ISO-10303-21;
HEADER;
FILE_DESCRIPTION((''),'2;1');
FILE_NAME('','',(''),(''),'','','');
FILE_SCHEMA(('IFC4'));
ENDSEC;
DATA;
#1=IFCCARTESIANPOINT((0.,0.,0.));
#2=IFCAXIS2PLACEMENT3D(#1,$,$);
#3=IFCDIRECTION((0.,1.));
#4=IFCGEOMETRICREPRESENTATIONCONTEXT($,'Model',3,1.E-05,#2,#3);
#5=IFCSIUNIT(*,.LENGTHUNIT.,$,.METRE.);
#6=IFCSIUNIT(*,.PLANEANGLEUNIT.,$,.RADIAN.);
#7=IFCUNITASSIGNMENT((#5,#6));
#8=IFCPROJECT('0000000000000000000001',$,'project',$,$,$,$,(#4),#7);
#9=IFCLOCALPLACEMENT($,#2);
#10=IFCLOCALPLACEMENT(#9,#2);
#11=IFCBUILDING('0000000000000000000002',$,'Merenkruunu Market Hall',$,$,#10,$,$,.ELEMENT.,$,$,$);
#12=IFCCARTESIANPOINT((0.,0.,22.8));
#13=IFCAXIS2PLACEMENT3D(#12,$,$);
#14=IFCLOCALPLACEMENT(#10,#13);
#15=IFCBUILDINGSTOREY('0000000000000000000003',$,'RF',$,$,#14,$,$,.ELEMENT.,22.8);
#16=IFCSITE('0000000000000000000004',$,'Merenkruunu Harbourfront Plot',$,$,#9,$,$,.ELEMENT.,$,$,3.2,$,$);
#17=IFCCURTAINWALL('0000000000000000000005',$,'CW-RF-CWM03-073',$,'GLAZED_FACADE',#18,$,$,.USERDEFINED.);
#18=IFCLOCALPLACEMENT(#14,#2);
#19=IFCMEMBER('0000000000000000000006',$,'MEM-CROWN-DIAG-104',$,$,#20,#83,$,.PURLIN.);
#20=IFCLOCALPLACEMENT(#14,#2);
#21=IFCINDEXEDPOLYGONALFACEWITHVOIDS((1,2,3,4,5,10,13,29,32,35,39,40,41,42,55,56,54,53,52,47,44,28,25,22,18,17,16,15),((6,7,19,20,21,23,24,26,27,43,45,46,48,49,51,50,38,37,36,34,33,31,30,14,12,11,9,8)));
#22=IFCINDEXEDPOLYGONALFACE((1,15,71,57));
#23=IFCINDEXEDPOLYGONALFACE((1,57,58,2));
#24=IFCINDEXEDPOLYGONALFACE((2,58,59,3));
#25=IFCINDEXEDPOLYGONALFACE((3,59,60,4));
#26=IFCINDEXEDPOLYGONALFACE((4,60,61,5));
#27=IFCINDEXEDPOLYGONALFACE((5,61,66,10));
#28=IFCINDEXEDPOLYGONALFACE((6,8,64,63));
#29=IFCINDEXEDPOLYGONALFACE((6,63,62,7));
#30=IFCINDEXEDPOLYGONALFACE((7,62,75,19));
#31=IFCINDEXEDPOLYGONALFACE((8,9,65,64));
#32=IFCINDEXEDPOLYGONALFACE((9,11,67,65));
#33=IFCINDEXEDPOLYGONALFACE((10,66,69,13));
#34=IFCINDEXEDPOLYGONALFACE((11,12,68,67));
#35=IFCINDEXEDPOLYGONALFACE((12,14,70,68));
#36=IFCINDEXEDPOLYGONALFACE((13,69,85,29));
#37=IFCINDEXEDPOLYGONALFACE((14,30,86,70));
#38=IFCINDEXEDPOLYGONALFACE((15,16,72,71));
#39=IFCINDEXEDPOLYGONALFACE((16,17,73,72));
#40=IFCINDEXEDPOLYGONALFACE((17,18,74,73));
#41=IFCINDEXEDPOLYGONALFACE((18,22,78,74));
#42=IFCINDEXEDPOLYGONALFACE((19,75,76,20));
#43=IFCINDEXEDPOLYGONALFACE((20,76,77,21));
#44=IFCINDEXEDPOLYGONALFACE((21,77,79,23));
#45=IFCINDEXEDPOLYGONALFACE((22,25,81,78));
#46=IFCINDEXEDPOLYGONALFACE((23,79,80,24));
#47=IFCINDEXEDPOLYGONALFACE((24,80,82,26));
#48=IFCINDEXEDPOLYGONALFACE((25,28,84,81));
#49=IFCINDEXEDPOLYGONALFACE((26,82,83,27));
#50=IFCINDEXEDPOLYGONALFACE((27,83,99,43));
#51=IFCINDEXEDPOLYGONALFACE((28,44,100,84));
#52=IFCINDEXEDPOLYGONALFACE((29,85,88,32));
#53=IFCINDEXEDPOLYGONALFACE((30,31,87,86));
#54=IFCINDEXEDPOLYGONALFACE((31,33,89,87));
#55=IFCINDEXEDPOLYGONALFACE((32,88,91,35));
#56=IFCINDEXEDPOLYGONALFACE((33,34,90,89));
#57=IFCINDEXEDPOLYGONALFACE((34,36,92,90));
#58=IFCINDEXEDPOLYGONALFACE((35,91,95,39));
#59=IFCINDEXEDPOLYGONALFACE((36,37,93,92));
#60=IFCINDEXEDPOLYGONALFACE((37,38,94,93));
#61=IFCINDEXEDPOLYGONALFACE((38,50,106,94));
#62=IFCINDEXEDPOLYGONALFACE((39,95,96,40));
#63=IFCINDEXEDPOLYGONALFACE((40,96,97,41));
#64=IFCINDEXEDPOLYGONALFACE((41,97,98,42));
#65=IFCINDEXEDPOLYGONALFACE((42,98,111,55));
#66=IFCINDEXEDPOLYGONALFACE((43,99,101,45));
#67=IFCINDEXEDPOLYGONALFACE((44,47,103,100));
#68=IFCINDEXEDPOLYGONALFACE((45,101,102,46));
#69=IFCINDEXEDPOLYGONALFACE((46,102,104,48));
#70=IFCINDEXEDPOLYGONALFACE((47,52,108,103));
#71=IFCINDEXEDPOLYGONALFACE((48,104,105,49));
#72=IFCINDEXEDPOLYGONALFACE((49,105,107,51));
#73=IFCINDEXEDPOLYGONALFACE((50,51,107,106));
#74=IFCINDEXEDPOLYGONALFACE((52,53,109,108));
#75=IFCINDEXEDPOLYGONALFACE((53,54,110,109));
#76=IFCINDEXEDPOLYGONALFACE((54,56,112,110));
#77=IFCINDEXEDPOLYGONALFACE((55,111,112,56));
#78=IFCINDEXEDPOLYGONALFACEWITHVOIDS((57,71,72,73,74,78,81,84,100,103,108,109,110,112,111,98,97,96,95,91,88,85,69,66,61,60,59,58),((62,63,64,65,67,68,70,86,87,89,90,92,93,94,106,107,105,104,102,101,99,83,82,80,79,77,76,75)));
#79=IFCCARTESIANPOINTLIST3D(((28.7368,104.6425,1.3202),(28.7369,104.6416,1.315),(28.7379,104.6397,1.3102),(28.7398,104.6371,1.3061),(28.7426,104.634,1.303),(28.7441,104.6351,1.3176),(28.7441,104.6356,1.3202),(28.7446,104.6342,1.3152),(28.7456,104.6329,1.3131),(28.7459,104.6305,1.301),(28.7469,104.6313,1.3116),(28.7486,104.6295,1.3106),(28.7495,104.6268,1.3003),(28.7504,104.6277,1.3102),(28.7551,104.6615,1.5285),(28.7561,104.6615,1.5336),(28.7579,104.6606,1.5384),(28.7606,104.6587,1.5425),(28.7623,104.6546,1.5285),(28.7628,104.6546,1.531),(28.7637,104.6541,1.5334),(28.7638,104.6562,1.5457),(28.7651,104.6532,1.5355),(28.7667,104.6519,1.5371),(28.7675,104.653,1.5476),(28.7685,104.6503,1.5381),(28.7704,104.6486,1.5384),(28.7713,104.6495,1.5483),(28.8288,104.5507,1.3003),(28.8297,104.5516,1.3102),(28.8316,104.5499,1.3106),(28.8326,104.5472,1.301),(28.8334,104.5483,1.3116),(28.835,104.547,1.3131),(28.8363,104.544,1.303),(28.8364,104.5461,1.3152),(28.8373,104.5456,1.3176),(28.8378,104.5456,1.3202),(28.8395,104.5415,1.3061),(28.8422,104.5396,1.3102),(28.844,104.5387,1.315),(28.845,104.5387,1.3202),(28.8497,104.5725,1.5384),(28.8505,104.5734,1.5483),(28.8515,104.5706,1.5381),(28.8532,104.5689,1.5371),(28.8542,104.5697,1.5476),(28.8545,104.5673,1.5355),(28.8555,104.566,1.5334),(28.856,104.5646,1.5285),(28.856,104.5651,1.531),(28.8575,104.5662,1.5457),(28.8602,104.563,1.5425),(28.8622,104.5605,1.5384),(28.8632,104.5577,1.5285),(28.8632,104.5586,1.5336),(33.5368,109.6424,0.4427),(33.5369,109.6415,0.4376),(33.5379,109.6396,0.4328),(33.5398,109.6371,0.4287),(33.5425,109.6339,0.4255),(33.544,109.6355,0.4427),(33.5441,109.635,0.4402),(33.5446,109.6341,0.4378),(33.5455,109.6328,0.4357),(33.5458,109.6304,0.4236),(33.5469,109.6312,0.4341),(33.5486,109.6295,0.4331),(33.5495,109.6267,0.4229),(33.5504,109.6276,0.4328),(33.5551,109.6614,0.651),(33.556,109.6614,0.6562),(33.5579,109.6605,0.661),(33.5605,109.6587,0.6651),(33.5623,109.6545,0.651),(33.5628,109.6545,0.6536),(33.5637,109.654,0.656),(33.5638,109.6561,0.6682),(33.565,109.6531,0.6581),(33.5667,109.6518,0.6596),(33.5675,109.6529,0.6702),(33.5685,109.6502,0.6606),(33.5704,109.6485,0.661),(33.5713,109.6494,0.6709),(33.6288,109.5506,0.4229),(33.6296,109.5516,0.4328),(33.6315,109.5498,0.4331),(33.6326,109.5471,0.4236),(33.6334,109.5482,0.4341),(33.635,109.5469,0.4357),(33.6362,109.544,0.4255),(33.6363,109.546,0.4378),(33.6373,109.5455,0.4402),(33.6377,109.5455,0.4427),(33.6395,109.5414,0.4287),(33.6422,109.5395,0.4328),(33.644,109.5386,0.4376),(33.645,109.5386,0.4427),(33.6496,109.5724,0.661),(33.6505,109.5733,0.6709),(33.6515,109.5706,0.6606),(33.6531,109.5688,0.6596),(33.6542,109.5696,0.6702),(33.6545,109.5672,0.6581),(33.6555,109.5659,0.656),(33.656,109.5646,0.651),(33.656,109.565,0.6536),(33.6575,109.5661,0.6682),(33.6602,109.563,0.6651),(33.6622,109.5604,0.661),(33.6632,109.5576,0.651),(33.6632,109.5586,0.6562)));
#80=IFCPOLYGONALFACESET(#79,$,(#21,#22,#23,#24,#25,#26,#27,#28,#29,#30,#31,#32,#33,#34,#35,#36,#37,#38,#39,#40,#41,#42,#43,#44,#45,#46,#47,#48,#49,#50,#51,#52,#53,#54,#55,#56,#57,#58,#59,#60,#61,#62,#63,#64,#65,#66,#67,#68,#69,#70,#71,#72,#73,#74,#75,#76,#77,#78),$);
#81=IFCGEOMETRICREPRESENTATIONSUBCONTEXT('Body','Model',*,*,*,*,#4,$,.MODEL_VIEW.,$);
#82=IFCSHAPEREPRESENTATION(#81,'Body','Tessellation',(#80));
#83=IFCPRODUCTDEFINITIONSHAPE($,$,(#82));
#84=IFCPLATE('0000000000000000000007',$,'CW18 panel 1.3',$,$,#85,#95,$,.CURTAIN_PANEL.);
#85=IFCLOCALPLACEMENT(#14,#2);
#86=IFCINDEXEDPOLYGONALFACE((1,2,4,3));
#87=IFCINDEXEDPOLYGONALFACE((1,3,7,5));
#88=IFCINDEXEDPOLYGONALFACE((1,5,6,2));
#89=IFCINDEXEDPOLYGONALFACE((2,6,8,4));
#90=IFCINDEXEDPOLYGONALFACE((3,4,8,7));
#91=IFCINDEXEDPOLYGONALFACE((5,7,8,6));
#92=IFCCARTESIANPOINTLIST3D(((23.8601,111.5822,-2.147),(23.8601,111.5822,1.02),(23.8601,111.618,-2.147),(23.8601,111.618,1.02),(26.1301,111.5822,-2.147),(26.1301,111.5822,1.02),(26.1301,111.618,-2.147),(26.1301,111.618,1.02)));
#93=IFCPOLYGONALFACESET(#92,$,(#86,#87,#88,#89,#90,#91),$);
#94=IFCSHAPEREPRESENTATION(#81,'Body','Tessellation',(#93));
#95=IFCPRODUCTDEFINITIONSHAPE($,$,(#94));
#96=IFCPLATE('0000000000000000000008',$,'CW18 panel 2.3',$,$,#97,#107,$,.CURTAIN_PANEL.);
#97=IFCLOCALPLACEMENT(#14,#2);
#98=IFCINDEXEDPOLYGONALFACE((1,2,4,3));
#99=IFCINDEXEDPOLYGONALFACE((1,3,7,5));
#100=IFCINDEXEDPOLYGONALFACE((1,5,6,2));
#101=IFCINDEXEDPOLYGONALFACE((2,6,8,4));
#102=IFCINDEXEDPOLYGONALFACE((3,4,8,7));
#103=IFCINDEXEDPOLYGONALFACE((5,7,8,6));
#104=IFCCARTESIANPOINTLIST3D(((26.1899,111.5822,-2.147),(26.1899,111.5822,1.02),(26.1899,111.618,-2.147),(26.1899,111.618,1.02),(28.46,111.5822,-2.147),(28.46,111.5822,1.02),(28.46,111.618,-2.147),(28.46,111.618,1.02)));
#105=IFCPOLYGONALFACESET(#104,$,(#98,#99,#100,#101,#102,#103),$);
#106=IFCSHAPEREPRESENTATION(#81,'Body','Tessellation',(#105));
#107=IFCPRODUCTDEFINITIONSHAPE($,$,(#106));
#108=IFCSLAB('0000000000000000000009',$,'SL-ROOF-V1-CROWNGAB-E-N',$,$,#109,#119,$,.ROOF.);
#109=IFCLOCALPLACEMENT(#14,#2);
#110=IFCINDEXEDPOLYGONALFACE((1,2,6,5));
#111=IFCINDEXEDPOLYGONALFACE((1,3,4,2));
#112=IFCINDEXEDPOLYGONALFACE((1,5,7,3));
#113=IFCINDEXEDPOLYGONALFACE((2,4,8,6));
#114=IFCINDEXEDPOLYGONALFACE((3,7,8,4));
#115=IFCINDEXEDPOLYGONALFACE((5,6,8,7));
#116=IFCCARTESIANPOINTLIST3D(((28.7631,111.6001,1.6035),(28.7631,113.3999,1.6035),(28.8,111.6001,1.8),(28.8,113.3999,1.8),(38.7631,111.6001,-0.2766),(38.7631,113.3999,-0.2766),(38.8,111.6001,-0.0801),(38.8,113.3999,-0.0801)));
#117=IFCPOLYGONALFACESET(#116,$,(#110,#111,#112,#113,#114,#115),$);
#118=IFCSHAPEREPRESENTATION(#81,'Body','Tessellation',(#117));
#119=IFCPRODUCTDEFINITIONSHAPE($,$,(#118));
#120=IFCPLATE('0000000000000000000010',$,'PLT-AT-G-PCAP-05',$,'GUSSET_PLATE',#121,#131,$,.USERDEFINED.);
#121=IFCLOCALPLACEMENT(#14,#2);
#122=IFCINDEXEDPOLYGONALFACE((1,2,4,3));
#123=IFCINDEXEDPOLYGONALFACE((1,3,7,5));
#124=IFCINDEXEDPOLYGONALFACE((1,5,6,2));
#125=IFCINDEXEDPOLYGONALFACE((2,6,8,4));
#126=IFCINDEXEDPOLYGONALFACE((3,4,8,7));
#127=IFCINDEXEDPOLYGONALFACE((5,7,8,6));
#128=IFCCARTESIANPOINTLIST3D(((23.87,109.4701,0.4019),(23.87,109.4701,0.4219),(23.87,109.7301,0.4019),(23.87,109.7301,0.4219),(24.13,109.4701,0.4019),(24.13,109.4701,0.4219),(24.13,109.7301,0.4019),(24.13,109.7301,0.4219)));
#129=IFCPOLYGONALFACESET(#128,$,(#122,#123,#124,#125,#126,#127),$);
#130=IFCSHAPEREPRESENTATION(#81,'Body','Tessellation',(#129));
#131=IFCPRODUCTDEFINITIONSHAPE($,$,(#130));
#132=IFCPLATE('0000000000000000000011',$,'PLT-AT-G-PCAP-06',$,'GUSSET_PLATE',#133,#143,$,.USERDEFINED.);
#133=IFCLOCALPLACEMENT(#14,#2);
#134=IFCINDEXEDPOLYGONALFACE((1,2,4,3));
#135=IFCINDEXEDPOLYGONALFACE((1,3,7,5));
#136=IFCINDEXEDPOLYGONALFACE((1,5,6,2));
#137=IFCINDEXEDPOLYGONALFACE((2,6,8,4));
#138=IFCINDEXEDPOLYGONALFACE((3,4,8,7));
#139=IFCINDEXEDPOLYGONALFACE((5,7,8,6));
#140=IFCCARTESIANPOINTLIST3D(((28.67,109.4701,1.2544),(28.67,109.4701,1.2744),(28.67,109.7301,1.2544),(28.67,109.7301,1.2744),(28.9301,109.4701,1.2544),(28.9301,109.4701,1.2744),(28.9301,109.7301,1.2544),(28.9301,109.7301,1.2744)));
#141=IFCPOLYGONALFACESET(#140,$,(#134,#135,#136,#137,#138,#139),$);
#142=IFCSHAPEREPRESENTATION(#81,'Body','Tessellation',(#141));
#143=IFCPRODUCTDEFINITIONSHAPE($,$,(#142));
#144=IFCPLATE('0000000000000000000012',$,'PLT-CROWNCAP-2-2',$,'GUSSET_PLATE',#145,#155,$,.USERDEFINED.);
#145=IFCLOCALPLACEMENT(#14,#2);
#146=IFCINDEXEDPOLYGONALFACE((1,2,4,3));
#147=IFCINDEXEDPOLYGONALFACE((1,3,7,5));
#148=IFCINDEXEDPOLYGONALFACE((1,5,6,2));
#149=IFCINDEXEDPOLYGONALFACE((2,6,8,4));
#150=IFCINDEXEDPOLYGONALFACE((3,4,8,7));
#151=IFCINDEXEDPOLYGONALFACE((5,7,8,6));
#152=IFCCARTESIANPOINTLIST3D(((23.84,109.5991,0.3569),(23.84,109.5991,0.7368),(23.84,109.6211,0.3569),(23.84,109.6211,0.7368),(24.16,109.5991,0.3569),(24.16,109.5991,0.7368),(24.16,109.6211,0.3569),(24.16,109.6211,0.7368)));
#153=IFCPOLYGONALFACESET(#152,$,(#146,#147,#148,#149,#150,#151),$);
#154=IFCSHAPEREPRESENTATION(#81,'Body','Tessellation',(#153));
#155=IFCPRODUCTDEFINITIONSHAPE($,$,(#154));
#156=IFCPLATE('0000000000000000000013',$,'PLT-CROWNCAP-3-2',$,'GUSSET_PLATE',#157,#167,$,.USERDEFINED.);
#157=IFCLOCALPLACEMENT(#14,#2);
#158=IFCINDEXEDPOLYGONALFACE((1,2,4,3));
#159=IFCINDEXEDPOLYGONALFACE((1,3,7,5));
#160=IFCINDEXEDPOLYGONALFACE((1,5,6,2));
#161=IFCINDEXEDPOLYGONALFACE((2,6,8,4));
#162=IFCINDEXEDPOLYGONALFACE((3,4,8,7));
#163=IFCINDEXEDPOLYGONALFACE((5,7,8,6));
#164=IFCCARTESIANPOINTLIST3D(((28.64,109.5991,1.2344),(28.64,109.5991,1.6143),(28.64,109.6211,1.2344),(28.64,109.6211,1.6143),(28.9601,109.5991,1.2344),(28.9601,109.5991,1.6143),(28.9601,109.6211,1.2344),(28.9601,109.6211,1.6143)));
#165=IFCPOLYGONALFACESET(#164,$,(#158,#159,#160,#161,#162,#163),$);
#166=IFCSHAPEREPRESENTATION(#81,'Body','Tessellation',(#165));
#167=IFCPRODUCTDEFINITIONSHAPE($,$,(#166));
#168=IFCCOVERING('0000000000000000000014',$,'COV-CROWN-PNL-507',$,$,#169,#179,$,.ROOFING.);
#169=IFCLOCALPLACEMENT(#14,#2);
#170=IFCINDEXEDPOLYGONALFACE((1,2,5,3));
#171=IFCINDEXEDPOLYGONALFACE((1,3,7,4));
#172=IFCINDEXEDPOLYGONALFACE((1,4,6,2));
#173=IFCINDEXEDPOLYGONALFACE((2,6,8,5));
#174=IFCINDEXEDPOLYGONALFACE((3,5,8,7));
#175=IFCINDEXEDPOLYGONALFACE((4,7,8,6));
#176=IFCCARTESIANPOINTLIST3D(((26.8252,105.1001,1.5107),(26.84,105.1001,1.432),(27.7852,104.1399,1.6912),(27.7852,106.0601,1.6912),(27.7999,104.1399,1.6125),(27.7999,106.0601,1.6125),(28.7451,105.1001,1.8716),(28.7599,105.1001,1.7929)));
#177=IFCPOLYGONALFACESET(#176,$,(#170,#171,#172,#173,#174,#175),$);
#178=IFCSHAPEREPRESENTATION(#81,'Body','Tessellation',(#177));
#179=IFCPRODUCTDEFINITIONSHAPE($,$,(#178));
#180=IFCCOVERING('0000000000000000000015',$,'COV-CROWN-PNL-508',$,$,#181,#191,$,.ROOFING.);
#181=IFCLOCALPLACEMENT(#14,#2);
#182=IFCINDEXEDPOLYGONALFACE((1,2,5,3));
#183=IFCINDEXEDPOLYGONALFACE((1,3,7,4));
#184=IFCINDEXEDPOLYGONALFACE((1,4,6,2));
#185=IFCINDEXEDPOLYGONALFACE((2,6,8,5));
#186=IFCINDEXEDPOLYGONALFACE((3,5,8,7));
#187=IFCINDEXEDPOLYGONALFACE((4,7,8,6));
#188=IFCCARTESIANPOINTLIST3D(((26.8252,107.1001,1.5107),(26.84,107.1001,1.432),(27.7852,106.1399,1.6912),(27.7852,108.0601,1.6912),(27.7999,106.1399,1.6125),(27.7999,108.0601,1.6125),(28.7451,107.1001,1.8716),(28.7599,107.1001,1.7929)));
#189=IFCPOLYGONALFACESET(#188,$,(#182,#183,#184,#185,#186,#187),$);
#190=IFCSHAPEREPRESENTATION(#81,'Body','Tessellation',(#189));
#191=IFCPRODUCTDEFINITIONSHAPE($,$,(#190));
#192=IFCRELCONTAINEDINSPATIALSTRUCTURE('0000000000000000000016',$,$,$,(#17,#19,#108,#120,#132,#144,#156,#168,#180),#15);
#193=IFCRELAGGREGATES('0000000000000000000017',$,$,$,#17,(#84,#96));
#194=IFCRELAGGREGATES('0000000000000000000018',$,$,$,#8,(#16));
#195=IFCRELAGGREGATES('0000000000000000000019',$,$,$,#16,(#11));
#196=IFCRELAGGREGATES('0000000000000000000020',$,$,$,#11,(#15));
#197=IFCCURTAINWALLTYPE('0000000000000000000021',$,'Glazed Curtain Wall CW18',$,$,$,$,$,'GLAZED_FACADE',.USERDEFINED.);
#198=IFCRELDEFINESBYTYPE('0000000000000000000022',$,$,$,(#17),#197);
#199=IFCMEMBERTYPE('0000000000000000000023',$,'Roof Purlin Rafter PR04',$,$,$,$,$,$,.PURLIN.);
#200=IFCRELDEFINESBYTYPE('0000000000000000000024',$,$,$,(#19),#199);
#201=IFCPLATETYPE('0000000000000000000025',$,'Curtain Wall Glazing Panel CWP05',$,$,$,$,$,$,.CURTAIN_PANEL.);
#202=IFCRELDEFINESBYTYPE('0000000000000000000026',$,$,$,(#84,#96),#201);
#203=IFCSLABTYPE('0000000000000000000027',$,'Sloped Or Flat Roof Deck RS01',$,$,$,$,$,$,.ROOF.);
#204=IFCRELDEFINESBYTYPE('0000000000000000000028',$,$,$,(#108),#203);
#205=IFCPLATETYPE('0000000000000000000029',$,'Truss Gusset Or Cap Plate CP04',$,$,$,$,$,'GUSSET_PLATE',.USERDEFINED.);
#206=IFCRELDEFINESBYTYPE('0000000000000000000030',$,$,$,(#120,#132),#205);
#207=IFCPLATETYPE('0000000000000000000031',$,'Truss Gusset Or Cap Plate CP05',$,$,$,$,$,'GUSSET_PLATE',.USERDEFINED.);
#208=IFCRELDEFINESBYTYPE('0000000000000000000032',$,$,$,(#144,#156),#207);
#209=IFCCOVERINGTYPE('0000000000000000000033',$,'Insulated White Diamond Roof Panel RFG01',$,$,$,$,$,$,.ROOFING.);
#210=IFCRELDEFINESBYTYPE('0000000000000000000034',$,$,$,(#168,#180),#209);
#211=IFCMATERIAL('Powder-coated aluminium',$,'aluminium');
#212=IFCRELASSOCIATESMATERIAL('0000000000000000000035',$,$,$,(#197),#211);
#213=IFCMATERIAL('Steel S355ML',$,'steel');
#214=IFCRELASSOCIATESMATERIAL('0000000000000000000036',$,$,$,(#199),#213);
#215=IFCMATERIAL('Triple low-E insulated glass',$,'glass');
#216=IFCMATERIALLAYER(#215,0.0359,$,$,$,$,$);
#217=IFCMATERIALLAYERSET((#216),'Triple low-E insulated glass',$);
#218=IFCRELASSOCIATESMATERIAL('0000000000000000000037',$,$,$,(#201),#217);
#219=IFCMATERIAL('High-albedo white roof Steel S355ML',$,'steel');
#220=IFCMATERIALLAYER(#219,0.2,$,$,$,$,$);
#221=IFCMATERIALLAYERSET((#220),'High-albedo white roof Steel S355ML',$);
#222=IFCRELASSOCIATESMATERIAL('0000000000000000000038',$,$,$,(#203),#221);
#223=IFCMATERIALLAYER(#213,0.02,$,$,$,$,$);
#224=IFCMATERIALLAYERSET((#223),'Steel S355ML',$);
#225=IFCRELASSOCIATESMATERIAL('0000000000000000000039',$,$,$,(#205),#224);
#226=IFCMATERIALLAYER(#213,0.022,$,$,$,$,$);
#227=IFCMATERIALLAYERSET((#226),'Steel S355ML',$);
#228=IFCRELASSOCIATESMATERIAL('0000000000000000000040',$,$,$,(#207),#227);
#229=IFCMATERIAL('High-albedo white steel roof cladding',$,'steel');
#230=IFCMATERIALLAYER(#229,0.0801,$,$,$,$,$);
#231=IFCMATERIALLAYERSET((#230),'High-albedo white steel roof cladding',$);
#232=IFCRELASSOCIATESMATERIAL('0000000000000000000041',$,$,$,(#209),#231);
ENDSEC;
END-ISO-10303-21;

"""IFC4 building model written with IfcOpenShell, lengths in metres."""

from ifc_helpers import new_model, si_unit, direction, frame, origin, origin_2d, place, context, subcontext, project, spatial, polyline, rectangle, hollow_rectangle, outline, extrude, material, layer, layer_set, material_profile, profile_set, type_object, element, aggregate, save


model = new_model("IFC4")

# Units and contexts
model_context = context("Model", 3, precision=1e-05, world=origin(), true_north=direction((0.0, 1.0)))
body_context = subcontext(model_context, "Body", "Model", "MODEL_VIEW")
ifc_project = project(units=[si_unit("LENGTHUNIT", "METRE"), si_unit("PLANEANGLEUNIT", "RADIAN")], contexts=[model_context])

# Site, building, storey
site_placement = place(None, origin())
site = spatial("IfcSite", under=ifc_project, at=site_placement, Name="Merenkruunu Harbourfront Plot", CompositionType="ELEMENT", RefElevation=3.2)
building_placement = place(site_placement, origin())
building = spatial("IfcBuilding", under=site, at=building_placement, Name="Merenkruunu Market Hall", CompositionType="ELEMENT")
storey_placement = place(building_placement, frame((0.0, 0.0, 22.8)))
storey = spatial("IfcBuildingStorey", under=building, at=storey_placement, Name="RF", CompositionType="ELEMENT", Elevation=22.8)

# Shared definitions
ifc_material_1 = material(Name="Steel S355ML", Category="steel")

# Curtain wall
ifc_material_2 = material(Name="Powder-coated aluminium", Category="aluminium")
curtain_wall_type = type_object("IfcCurtainWallType", Name="Glazed Curtain Wall CW18", ElementType="GLAZED_FACADE", PredefinedType="USERDEFINED", material=ifc_material_2)
curtain_wall_placement = place(storey_placement, origin())
curtain_wall = element("IfcCurtainWall", 1, at=curtain_wall_placement, inside=storey, type_object=curtain_wall_type, Name="CW-RF-CWM03-073", ObjectType="GLAZED_FACADE", PredefinedType="USERDEFINED")

# Member
ifc_material_profile_1 = material_profile(ifc_material_1, hollow_rectangle(XDim=0.1499, YDim=0.25, WallThickness=0.01, InnerFilletRadius=0.01, OuterFilletRadius=0.02, at=origin_2d()), Name="RHS 250x150x10")
ifc_profile_set_1 = profile_set([ifc_material_profile_1], Name="Steel S355ML")
member_type_1 = type_object("IfcMemberType", Name="Roof Purlin Rafter PR04", PredefinedType="PURLIN", material=ifc_profile_set_1)
for number, where, z_axis, x_axis, name in (
    (2, (28.8, 104.6001, 1.4243), (0.687052, 0.715672, -0.125592), (-0.721384, 0.692535, 0.0), "MEM-CROWN-DIAG-104"),
):
    element("IfcMember", number, at=place(storey_placement, frame(where, z_axis=z_axis, x_axis=x_axis)), inside=storey, type_object=member_type_1, Name=name, PredefinedType="PURLIN", context=body_context, shape_type="SweptSolid", body=[
        extrude(hollow_rectangle(XDim=0.1499, YDim=0.25, WallThickness=0.01, InnerFilletRadius=0.01, OuterFilletRadius=0.02, at=origin_2d()), origin(), (0.0, 0.0, 1.0), 6.9863),
    ])

# Plates
ifc_material_3 = material(Name="Triple low-E insulated glass", Category="glass")
ifc_layer_1 = layer(ifc_material_3, 0.0359)
ifc_layer_set_1 = layer_set([ifc_layer_1], Name="Triple low-E insulated glass")
plate_type_1 = type_object("IfcPlateType", Name="Curtain Wall Glazing Panel CWP05", PredefinedType="CURTAIN_PANEL", material=ifc_layer_set_1)
plate_1_placement = place(storey_placement, frame((24.9951, 111.6001, -2.147), z_axis=(0.0, 0.0, 1.0), x_axis=(1.0, 0.0, 0.0)))
plate_1 = element("IfcPlate", 3, at=plate_1_placement, type_object=plate_type_1, Name="CW18 panel 1.3", PredefinedType="CURTAIN_PANEL", context=body_context, shape_type="SweptSolid", body=[
    extrude(rectangle(XDim=2.27, YDim=0.0359, at=origin_2d()), origin(), (0.0, 0.0, 1.0), 3.167),
])
plate_2_placement = place(storey_placement, frame((27.325, 111.6001, -2.147), z_axis=(0.0, 0.0, 1.0), x_axis=(1.0, 0.0, 0.0)))
plate_2 = element("IfcPlate", 4, at=plate_2_placement, type_object=plate_type_1, Name="CW18 panel 2.3", PredefinedType="CURTAIN_PANEL", context=body_context, shape_type="SweptSolid", body=[
    extrude(rectangle(XDim=2.27, YDim=0.0359, at=origin_2d()), origin(), (0.0, 0.0, 1.0), 3.167),
])
aggregate(curtain_wall, [plate_1, plate_2])

# Slab
ifc_material_4 = material(Name="High-albedo white roof Steel S355ML", Category="steel")
ifc_layer_2 = layer(ifc_material_4, 0.2)
ifc_layer_set_2 = layer_set([ifc_layer_2], Name="High-albedo white roof Steel S355ML")
slab_type = type_object("IfcSlabType", Name="Sloped Or Flat Roof Deck RS01", PredefinedType="ROOF", material=ifc_layer_set_2)
slab_placement = place(storey_placement, frame((28.8, 111.6001, 1.8), z_axis=(0.184775, 0.0, 0.982781), x_axis=(0.982781, 0.0, -0.184775)))
element("IfcSlab", 5, at=slab_placement, inside=storey, type_object=slab_type, Name="SL-ROOF-V1-CROWNGAB-E-N", PredefinedType="ROOF", context=body_context, shape_type="SweptSolid", body=[
    extrude(outline(polyline([(0.0, 0.0), (10.1752, 0.0), (10.1752, 1.7998), (0.0, 1.7998), (0.0, 0.0)])), origin(), (0.0, 0.0, -1.0), 0.2),
])

# Plates
ifc_layer_3 = layer(ifc_material_1, 0.02)
ifc_layer_set_3 = layer_set([ifc_layer_3], Name="Steel S355ML")
plate_type_2 = type_object("IfcPlateType", Name="Truss Gusset Or Cap Plate CP04", ElementType="GUSSET_PLATE", PredefinedType="USERDEFINED", material=ifc_layer_set_3)
for number, where, z_axis, x_axis, name in (
    (6, (24.0, 109.6001, 0.4019), (0.0, 0.0, 1.0), (1.0, 0.0, 0.0), "PLT-AT-G-PCAP-05"),
    (7, (28.8, 109.6001, 1.2544), (0.0, 0.0, 1.0), (1.0, 0.0, 0.0), "PLT-AT-G-PCAP-06"),
):
    element("IfcPlate", number, at=place(storey_placement, frame(where, z_axis=z_axis, x_axis=x_axis)), inside=storey, type_object=plate_type_2, Name=name, ObjectType="GUSSET_PLATE", PredefinedType="USERDEFINED", context=body_context, shape_type="SweptSolid", body=[
        extrude(rectangle(XDim=0.26, YDim=0.26, at=origin_2d()), origin(), (0.0, 0.0, 1.0), 0.02),
    ])
ifc_layer_4 = layer(ifc_material_1, 0.022)
ifc_layer_set_4 = layer_set([ifc_layer_4], Name="Steel S355ML")
plate_type_3 = type_object("IfcPlateType", Name="Truss Gusset Or Cap Plate CP05", ElementType="GUSSET_PLATE", PredefinedType="USERDEFINED", material=ifc_layer_set_4)
for number, where, z_axis, x_axis, name in (
    (8, (24.0, 109.6101, 0.3569), (0.0, 0.0, 1.0), (1.0, 0.0, 0.0), "PLT-CROWNCAP-2-2"),
    (9, (28.8, 109.6101, 1.2344), (0.0, 0.0, 1.0), (1.0, 0.0, 0.0), "PLT-CROWNCAP-3-2"),
):
    element("IfcPlate", number, at=place(storey_placement, frame(where, z_axis=z_axis, x_axis=x_axis)), inside=storey, type_object=plate_type_3, Name=name, ObjectType="GUSSET_PLATE", PredefinedType="USERDEFINED", context=body_context, shape_type="SweptSolid", body=[
        extrude(rectangle(XDim=0.3201, YDim=0.022, at=origin_2d()), origin(), (0.0, 0.0, 1.0), 0.3799),
    ])

# Coverings
ifc_material_5 = material(Name="High-albedo white steel roof cladding", Category="steel")
ifc_layer_5 = layer(ifc_material_5, 0.0801)
ifc_layer_set_5 = layer_set([ifc_layer_5], Name="High-albedo white steel roof cladding")
covering_type = type_object("IfcCoveringType", Name="Insulated White Diamond Roof Panel RFG01", PredefinedType="ROOFING", material=ifc_layer_set_5)
for number, where, z_axis, x_axis, name in (
    (10, (26.8252, 105.1001, 1.5107), (-0.184711, 0.0, 0.982793), (0.700856, -0.701035, 0.131722), "COV-CROWN-PNL-507"),
    (11, (26.8252, 107.1001, 1.5107), (-0.184711, 0.0, 0.982793), (0.700856, -0.701035, 0.131722), "COV-CROWN-PNL-508"),
):
    element("IfcCovering", number, at=place(storey_placement, frame(where, z_axis=z_axis, x_axis=x_axis)), inside=storey, type_object=covering_type, Name=name, PredefinedType="ROOFING", context=body_context, shape_type="SweptSolid", body=[
        extrude(outline(polyline([(0.0, 0.0), (1.3697, 0.0), (1.3931, 1.3695), (0.0236, 1.3693), (0.0, 0.0)])), origin(), (0.0, 0.0, -1.0), 0.0801),
    ])

save(model, "model.ifc")
